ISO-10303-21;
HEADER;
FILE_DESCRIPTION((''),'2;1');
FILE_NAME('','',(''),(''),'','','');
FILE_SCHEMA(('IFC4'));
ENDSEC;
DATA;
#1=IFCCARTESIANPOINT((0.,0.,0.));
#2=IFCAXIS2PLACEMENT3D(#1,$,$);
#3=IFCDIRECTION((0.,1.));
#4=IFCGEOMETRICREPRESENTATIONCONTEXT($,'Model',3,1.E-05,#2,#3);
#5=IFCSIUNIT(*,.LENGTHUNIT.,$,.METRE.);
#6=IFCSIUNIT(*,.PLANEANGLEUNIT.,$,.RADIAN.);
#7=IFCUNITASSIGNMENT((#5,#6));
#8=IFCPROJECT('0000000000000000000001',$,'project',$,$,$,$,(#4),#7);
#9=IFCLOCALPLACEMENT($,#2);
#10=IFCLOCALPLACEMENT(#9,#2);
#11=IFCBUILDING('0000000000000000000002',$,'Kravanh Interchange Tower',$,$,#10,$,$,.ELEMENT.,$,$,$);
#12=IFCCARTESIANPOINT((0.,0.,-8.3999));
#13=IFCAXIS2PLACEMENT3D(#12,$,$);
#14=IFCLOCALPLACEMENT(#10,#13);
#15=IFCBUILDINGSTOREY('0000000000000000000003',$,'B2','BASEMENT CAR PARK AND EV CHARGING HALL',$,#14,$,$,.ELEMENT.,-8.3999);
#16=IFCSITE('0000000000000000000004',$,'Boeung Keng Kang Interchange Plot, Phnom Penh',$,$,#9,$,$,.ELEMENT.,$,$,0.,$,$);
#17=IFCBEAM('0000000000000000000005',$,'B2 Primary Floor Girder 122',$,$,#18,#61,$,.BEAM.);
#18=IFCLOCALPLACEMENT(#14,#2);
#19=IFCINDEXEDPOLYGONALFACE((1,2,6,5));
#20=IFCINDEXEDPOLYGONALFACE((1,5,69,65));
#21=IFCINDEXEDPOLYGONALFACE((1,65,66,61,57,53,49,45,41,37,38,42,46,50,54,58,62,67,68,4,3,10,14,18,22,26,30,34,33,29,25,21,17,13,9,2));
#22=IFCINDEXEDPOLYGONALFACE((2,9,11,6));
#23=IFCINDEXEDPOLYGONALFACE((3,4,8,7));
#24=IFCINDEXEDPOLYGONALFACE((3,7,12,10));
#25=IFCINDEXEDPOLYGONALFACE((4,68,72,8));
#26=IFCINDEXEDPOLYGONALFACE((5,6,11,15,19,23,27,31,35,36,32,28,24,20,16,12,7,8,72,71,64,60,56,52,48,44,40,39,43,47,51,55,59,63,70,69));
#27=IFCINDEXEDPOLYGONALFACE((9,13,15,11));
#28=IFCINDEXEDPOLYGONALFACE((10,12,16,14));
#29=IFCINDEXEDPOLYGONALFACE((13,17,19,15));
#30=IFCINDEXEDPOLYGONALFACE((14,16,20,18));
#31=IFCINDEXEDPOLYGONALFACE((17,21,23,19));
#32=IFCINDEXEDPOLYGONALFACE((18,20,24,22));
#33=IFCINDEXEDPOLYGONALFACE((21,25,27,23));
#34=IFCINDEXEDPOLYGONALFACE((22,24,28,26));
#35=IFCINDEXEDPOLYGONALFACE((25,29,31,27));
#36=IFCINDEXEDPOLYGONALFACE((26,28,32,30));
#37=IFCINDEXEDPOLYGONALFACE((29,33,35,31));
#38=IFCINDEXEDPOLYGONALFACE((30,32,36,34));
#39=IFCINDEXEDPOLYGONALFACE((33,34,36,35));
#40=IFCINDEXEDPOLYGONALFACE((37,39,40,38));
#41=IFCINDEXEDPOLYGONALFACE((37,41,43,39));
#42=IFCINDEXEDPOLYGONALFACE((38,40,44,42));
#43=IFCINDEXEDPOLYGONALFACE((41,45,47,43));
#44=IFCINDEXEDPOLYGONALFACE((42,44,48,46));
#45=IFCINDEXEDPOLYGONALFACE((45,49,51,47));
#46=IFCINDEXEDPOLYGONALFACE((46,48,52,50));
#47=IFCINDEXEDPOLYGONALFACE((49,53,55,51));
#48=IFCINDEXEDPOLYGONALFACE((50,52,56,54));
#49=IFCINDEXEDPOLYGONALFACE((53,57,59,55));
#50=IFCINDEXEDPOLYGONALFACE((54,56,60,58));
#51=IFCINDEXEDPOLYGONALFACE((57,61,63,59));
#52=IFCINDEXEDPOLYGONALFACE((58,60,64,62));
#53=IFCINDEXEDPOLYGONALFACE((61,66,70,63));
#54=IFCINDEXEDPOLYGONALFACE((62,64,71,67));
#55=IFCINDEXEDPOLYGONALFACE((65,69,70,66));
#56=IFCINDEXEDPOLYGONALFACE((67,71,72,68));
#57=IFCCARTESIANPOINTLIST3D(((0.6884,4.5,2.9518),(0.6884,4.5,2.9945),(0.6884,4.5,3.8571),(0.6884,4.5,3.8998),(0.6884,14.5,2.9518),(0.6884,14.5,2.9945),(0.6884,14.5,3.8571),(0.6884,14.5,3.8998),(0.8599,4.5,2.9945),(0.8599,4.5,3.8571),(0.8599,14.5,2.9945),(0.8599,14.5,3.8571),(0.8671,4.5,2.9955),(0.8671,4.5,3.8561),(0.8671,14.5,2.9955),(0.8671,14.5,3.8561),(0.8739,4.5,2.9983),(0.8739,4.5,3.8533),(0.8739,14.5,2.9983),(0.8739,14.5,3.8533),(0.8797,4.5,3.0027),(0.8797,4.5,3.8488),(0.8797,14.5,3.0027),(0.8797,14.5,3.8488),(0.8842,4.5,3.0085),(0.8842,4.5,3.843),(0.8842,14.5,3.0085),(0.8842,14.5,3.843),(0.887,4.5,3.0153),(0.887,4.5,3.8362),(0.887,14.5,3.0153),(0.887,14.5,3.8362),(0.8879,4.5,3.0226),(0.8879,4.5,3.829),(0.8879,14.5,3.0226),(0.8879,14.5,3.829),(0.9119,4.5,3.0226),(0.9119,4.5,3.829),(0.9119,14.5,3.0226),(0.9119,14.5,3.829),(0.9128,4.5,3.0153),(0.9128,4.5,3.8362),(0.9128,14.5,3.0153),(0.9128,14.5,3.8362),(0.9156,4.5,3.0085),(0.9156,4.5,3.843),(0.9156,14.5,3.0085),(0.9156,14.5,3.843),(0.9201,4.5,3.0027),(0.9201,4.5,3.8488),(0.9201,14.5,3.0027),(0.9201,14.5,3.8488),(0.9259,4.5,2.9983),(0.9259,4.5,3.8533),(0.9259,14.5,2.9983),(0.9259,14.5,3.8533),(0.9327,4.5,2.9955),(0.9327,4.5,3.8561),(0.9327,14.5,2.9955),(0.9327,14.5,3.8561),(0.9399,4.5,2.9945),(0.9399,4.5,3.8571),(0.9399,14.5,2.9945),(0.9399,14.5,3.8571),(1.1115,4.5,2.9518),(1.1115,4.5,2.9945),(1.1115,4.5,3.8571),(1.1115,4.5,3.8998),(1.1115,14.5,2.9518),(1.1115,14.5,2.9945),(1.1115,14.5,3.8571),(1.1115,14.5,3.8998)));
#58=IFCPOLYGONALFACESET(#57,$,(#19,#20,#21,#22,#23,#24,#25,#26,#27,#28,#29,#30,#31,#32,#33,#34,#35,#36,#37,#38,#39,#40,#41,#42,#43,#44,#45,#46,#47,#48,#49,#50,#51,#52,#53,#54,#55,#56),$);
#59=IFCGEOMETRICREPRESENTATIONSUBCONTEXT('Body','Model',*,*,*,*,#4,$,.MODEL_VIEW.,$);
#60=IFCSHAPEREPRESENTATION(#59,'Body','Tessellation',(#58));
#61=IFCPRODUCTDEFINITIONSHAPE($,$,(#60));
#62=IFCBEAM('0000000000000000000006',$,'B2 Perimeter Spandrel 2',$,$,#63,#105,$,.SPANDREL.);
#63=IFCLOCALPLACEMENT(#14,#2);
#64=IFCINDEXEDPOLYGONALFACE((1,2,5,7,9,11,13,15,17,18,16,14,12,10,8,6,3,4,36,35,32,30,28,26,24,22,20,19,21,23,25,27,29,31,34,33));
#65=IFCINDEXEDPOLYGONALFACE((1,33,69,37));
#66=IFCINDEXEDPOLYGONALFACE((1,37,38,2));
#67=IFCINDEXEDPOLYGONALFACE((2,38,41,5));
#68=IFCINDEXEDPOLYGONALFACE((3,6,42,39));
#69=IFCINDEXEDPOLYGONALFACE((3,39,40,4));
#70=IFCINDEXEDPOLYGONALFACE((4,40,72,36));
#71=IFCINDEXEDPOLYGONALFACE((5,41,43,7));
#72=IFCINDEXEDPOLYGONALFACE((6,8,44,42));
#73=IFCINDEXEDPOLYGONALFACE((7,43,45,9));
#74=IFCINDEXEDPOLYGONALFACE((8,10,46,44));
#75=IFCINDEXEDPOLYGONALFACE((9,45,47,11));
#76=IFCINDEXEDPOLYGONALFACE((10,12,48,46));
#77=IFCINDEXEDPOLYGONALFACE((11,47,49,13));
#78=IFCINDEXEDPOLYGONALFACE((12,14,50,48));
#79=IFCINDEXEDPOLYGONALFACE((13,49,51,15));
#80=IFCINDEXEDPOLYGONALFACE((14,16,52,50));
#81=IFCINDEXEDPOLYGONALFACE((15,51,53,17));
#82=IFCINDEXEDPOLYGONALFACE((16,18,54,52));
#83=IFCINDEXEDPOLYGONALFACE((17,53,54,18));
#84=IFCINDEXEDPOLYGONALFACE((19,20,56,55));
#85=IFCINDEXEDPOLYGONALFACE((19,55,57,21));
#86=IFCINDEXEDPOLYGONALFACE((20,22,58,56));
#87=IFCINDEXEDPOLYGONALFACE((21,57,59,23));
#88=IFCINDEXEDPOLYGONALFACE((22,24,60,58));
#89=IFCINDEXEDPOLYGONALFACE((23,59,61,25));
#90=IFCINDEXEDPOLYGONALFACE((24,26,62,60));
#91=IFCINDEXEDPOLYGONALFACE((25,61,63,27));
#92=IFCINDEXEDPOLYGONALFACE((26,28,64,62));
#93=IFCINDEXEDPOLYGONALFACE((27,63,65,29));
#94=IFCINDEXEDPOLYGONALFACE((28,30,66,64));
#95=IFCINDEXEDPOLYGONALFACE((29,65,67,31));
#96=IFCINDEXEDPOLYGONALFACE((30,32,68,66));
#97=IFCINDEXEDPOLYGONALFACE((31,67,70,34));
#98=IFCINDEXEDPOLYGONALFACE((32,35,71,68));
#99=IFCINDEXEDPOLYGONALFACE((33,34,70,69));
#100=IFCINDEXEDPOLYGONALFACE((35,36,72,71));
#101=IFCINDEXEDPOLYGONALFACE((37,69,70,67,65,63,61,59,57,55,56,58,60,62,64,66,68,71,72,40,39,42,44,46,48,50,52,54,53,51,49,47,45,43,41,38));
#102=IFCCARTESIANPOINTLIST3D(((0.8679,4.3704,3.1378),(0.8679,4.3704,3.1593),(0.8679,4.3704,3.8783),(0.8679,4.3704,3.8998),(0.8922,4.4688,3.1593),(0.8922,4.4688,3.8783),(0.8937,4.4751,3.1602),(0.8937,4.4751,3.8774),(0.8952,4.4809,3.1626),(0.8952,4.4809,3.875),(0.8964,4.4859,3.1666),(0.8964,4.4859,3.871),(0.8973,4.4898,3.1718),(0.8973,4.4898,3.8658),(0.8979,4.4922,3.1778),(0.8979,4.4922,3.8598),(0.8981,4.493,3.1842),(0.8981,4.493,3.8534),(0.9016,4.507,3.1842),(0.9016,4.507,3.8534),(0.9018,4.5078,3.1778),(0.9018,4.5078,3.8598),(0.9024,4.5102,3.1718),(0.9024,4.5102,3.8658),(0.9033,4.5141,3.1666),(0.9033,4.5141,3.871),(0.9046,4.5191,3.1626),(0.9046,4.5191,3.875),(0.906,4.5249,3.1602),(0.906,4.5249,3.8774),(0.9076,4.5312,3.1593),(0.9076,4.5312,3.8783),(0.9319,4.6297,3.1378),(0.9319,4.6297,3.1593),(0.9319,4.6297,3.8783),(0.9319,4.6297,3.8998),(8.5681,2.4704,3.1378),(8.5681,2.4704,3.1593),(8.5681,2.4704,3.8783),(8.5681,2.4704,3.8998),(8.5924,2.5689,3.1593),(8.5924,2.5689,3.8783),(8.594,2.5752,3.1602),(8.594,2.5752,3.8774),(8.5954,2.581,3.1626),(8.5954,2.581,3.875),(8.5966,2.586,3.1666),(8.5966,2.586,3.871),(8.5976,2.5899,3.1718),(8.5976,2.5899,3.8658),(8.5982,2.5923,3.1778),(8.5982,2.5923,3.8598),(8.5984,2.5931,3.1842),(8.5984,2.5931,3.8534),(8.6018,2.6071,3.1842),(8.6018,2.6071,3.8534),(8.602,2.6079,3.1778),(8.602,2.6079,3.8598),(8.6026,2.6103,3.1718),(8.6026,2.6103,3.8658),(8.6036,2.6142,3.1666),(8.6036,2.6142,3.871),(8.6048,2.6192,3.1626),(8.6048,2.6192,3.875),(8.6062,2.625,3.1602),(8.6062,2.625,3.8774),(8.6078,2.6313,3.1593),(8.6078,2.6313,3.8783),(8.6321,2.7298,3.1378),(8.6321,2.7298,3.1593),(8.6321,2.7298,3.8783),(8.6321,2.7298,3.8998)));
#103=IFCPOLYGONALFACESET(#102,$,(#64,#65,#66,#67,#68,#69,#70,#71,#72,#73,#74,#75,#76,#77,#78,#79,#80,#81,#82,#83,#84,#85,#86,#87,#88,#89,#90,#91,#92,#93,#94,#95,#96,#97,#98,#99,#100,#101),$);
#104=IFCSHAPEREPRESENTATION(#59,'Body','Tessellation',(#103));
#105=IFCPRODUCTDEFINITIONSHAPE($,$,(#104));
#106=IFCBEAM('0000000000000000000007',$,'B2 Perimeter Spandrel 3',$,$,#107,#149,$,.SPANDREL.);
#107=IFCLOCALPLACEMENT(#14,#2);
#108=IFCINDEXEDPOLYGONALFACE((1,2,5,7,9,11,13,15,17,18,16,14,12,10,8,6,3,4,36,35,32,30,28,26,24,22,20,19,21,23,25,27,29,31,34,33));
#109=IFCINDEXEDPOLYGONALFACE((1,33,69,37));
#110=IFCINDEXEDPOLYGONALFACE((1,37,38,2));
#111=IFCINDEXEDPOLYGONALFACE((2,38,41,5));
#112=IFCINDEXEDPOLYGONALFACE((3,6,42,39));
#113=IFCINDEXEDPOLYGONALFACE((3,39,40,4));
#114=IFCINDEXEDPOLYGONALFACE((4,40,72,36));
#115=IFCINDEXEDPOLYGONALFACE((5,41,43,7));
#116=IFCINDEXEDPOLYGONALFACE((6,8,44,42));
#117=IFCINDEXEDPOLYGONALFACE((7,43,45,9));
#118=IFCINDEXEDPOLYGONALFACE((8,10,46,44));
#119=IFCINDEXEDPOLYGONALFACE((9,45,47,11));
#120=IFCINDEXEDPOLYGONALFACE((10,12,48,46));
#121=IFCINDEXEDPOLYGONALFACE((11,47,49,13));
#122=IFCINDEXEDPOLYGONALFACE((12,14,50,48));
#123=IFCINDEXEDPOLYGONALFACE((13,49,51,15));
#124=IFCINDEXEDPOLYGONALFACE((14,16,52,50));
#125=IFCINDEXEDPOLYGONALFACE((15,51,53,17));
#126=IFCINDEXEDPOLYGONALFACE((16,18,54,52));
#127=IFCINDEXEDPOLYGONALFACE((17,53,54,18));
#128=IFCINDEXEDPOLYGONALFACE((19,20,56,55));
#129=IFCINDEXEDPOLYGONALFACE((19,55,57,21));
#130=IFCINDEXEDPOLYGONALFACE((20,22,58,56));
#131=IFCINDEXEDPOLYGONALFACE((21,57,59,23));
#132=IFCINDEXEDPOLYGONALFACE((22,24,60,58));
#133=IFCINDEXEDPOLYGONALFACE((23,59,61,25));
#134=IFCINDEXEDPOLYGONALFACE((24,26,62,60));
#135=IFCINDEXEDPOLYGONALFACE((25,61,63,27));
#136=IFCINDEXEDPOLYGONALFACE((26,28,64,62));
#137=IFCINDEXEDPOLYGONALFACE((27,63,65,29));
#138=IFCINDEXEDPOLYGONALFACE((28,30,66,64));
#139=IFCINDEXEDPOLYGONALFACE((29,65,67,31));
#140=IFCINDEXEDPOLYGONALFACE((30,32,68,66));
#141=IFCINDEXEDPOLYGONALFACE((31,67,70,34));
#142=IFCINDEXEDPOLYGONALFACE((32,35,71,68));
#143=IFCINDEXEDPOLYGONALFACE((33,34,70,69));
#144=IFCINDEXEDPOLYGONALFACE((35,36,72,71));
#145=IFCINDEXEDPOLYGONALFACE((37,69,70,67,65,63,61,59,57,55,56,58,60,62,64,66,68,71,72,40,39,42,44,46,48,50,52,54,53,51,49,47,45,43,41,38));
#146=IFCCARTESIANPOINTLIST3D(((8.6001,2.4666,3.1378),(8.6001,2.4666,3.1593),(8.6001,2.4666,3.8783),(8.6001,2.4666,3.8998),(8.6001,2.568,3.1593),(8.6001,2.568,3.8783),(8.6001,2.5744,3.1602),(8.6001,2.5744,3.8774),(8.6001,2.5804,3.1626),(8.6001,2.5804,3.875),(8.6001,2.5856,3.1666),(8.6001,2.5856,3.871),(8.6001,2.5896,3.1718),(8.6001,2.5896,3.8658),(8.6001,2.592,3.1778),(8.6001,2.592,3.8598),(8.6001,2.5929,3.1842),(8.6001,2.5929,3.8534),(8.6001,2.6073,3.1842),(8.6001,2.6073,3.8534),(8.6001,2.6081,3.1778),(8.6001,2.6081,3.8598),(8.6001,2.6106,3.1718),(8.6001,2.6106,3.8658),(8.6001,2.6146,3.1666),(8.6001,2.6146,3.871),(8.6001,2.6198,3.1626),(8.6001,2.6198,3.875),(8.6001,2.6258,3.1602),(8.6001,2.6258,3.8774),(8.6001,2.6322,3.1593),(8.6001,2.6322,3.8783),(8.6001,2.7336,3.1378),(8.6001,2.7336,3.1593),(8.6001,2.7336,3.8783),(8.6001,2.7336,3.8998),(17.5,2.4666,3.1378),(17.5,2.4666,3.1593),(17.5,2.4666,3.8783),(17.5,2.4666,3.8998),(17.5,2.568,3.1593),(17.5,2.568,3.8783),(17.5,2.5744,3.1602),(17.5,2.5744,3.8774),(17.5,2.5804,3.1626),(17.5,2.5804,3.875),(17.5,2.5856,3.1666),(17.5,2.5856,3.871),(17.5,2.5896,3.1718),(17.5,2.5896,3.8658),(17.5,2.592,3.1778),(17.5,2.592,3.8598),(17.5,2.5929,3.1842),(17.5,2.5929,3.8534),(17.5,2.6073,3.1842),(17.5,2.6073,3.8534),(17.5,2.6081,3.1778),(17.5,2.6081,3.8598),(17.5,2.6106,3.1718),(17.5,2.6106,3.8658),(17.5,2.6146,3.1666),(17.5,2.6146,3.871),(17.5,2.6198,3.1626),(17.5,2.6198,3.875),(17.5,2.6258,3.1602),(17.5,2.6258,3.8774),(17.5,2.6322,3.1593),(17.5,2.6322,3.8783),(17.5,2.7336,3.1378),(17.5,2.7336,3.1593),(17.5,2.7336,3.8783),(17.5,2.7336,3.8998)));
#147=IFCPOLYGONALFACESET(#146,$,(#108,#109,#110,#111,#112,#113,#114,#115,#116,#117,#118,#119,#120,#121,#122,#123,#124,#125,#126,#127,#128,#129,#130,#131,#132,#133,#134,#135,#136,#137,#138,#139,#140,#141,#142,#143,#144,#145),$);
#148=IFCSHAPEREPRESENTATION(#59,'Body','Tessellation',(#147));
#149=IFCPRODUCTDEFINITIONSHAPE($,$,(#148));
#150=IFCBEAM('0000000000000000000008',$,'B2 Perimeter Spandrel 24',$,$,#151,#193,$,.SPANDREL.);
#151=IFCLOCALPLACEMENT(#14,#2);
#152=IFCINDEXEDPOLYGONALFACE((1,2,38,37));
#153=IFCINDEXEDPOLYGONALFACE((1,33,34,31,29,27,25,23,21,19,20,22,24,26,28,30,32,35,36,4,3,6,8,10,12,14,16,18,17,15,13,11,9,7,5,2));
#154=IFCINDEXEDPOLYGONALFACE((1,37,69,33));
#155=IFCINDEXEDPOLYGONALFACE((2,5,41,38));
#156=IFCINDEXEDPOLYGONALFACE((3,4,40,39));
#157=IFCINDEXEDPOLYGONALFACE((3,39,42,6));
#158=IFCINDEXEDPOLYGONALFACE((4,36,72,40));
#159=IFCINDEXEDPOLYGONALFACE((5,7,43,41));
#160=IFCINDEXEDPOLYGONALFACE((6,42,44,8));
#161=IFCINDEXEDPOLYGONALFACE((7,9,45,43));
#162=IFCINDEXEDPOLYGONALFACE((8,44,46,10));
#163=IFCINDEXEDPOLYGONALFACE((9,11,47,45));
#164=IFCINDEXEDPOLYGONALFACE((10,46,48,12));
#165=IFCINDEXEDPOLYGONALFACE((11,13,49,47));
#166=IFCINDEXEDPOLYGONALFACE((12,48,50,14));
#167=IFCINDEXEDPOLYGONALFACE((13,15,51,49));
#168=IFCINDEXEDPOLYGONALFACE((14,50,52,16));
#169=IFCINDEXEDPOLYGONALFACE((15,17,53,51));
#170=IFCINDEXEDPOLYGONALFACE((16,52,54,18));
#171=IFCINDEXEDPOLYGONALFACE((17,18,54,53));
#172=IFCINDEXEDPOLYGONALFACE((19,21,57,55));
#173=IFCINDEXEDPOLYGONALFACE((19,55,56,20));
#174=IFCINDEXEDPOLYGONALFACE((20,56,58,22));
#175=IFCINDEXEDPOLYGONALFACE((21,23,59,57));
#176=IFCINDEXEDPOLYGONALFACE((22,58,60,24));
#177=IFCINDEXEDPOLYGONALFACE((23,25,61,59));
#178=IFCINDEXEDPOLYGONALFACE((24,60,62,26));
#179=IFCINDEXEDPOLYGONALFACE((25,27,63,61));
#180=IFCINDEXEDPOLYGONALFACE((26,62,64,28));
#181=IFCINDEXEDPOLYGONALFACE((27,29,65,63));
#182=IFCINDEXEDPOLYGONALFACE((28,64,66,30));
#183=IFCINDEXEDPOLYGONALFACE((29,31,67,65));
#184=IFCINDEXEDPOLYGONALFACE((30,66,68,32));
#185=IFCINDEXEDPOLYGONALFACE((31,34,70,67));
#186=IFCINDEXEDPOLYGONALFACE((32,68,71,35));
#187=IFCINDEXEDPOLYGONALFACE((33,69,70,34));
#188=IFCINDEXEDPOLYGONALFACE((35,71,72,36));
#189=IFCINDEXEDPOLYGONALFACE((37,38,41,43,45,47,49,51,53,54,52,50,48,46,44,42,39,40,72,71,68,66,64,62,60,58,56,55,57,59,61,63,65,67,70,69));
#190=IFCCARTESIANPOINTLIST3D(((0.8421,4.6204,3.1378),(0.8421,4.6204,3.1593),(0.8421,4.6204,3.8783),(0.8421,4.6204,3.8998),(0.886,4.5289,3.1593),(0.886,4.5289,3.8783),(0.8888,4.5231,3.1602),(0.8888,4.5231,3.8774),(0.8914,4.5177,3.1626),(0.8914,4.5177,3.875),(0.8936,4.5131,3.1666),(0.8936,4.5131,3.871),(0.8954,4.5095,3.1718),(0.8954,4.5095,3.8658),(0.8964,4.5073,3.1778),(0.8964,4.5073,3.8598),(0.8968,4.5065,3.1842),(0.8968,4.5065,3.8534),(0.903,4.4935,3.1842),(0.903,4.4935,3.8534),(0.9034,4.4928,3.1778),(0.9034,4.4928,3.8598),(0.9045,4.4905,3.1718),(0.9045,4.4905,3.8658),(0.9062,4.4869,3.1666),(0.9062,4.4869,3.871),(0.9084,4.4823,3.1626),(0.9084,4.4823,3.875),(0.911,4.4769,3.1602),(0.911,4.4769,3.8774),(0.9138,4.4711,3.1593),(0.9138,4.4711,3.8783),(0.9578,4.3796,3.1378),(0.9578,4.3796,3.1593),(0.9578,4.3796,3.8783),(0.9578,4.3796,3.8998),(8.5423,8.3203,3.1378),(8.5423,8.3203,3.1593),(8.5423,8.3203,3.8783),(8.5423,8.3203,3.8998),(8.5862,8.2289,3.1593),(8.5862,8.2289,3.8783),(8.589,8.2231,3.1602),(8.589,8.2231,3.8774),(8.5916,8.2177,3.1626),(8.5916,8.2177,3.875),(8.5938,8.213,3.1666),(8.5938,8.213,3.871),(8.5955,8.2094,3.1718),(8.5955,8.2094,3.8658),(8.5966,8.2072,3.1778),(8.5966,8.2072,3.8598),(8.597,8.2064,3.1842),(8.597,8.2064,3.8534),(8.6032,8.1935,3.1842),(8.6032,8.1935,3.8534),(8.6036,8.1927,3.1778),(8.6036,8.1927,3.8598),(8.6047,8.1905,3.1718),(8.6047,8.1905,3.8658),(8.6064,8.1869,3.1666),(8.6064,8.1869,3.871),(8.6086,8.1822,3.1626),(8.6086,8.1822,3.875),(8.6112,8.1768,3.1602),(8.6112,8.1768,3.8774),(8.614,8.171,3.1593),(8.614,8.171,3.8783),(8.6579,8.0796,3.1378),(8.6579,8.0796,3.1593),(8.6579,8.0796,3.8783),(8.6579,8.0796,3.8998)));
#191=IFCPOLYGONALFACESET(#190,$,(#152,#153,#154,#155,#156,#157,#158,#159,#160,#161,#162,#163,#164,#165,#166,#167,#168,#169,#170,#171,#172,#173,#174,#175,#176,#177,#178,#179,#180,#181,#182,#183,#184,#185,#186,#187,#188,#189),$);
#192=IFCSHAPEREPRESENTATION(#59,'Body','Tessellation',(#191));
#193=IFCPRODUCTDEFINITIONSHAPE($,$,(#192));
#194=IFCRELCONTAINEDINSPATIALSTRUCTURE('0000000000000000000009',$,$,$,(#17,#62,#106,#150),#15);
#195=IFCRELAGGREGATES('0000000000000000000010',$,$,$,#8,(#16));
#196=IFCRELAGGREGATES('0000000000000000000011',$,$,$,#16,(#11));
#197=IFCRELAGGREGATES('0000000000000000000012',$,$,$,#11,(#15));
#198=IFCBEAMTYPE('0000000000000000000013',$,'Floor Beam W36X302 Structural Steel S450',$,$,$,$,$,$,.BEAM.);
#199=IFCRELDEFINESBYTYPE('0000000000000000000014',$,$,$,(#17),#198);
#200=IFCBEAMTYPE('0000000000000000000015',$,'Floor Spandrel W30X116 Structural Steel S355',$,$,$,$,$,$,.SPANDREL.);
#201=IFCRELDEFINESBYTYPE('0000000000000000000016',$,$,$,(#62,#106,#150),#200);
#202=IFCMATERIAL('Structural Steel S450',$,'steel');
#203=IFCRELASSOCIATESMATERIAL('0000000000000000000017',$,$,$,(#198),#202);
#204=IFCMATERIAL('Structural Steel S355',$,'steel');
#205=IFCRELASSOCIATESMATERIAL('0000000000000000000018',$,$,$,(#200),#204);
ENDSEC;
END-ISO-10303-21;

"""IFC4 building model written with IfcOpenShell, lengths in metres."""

from ifc_helpers import new_model, si_unit, direction, frame, origin, origin_2d, place, context, subcontext, project, spatial, i_section, extrude, material, material_profile, profile_set, type_object, element, save


model = new_model("IFC4")

# Units and contexts
model_context = context("Model", 3, precision=1e-05, world=origin(), true_north=direction((0.0, 1.0)))
body_context = subcontext(model_context, "Body", "Model", "MODEL_VIEW")
ifc_project = project(units=[si_unit("LENGTHUNIT", "METRE"), si_unit("PLANEANGLEUNIT", "RADIAN")], contexts=[model_context])

# Site, building, storey
site_placement = place(None, origin())
site = spatial("IfcSite", under=ifc_project, at=site_placement, Name="Boeung Keng Kang Interchange Plot, Phnom Penh", CompositionType="ELEMENT", RefElevation=0.0)
building_placement = place(site_placement, origin())
building = spatial("IfcBuilding", under=site, at=building_placement, Name="Kravanh Interchange Tower", CompositionType="ELEMENT")
storey_placement = place(building_placement, frame((0.0, 0.0, -8.3999)))
storey = spatial("IfcBuildingStorey", under=building, at=storey_placement, Name="B2", Description="BASEMENT CAR PARK AND EV CHARGING HALL", CompositionType="ELEMENT", Elevation=-8.3999)

# Beams
ifc_material_1 = material(Name="Structural Steel S450", Category="steel")
ifc_material_profile_1 = material_profile(ifc_material_1, i_section(OverallWidth=0.4231, OverallDepth=0.948, WebThickness=0.0239, FlangeThickness=0.0427, FilletRadius=0.0281, at=origin_2d()), Name="W36X302")
ifc_profile_set_1 = profile_set([ifc_material_profile_1], Name="Structural Steel S450")
beam_type_1 = type_object("IfcBeamType", Name="Floor Beam W36X302 Structural Steel S450", PredefinedType="BEAM", material=ifc_profile_set_1)
beam_1_placement = place(storey_placement, frame((0.8999, 4.5, 3.4258), z_axis=(0.0, 1.0, 0.0), x_axis=(-1.0, 0.0, 0.0)))
element("IfcBeam", 1, at=beam_1_placement, inside=storey, type_object=beam_type_1, Name="B2 Primary Floor Girder 122", PredefinedType="BEAM", context=body_context, shape_type="SweptSolid", body=[
    extrude(i_section(OverallWidth=0.4231, OverallDepth=0.948, WebThickness=0.0239, FlangeThickness=0.0427, FilletRadius=0.0281, at=origin_2d()), origin(), (0.0, 0.0, 1.0), 10.0),
])
ifc_material_2 = material(Name="Structural Steel S355", Category="steel")
ifc_material_profile_2 = material_profile(ifc_material_2, i_section(OverallWidth=0.2671, OverallDepth=0.762, WebThickness=0.0144, FlangeThickness=0.0215, FilletRadius=0.0249, at=origin_2d()), Name="W30X116")
ifc_profile_set_2 = profile_set([ifc_material_profile_2], Name="Structural Steel S355")
beam_type_2 = type_object("IfcBeamType", Name="Floor Spandrel W30X116 Structural Steel S355", PredefinedType="SPANDREL", material=ifc_profile_set_2)
beam_2_placement = place(storey_placement, frame((8.6001, 2.6001, 3.5188), z_axis=(-0.970884, 0.23955, 0.0), x_axis=(-0.23955, -0.970884, 0.0)))
element("IfcBeam", 2, at=beam_2_placement, inside=storey, type_object=beam_type_2, Name="B2 Perimeter Spandrel 2", PredefinedType="SPANDREL", context=body_context, shape_type="SweptSolid", body=[
    extrude(i_section(OverallWidth=0.2671, OverallDepth=0.762, WebThickness=0.0144, FlangeThickness=0.0215, FilletRadius=0.0249, at=origin_2d()), origin(), (0.0, 0.0, 1.0), 7.9312),
])
beam_3_placement = place(storey_placement, frame((8.6001, 2.6001, 3.5188), z_axis=(1.0, 0.0, 0.0), x_axis=(0.0, 1.0, 0.0)))
element("IfcBeam", 3, at=beam_3_placement, inside=storey, type_object=beam_type_2, Name="B2 Perimeter Spandrel 3", PredefinedType="SPANDREL", context=body_context, shape_type="SweptSolid", body=[
    extrude(i_section(OverallWidth=0.2671, OverallDepth=0.762, WebThickness=0.0144, FlangeThickness=0.0215, FilletRadius=0.0249, at=origin_2d()), origin(), (0.0, 0.0, 1.0), 8.8999),
])
beam_4_placement = place(storey_placement, frame((8.6001, 8.2, 3.5188), z_axis=(-0.901347, -0.433098, 0.0), x_axis=(0.433098, -0.901347, 0.0)))
element("IfcBeam", 4, at=beam_4_placement, inside=storey, type_object=beam_type_2, Name="B2 Perimeter Spandrel 24", PredefinedType="SPANDREL", context=body_context, shape_type="SweptSolid", body=[
    extrude(i_section(OverallWidth=0.2671, OverallDepth=0.762, WebThickness=0.0144, FlangeThickness=0.0215, FilletRadius=0.0249, at=origin_2d()), origin(), (0.0, 0.0, 1.0), 8.543),
])

save(model, "model.ifc")
